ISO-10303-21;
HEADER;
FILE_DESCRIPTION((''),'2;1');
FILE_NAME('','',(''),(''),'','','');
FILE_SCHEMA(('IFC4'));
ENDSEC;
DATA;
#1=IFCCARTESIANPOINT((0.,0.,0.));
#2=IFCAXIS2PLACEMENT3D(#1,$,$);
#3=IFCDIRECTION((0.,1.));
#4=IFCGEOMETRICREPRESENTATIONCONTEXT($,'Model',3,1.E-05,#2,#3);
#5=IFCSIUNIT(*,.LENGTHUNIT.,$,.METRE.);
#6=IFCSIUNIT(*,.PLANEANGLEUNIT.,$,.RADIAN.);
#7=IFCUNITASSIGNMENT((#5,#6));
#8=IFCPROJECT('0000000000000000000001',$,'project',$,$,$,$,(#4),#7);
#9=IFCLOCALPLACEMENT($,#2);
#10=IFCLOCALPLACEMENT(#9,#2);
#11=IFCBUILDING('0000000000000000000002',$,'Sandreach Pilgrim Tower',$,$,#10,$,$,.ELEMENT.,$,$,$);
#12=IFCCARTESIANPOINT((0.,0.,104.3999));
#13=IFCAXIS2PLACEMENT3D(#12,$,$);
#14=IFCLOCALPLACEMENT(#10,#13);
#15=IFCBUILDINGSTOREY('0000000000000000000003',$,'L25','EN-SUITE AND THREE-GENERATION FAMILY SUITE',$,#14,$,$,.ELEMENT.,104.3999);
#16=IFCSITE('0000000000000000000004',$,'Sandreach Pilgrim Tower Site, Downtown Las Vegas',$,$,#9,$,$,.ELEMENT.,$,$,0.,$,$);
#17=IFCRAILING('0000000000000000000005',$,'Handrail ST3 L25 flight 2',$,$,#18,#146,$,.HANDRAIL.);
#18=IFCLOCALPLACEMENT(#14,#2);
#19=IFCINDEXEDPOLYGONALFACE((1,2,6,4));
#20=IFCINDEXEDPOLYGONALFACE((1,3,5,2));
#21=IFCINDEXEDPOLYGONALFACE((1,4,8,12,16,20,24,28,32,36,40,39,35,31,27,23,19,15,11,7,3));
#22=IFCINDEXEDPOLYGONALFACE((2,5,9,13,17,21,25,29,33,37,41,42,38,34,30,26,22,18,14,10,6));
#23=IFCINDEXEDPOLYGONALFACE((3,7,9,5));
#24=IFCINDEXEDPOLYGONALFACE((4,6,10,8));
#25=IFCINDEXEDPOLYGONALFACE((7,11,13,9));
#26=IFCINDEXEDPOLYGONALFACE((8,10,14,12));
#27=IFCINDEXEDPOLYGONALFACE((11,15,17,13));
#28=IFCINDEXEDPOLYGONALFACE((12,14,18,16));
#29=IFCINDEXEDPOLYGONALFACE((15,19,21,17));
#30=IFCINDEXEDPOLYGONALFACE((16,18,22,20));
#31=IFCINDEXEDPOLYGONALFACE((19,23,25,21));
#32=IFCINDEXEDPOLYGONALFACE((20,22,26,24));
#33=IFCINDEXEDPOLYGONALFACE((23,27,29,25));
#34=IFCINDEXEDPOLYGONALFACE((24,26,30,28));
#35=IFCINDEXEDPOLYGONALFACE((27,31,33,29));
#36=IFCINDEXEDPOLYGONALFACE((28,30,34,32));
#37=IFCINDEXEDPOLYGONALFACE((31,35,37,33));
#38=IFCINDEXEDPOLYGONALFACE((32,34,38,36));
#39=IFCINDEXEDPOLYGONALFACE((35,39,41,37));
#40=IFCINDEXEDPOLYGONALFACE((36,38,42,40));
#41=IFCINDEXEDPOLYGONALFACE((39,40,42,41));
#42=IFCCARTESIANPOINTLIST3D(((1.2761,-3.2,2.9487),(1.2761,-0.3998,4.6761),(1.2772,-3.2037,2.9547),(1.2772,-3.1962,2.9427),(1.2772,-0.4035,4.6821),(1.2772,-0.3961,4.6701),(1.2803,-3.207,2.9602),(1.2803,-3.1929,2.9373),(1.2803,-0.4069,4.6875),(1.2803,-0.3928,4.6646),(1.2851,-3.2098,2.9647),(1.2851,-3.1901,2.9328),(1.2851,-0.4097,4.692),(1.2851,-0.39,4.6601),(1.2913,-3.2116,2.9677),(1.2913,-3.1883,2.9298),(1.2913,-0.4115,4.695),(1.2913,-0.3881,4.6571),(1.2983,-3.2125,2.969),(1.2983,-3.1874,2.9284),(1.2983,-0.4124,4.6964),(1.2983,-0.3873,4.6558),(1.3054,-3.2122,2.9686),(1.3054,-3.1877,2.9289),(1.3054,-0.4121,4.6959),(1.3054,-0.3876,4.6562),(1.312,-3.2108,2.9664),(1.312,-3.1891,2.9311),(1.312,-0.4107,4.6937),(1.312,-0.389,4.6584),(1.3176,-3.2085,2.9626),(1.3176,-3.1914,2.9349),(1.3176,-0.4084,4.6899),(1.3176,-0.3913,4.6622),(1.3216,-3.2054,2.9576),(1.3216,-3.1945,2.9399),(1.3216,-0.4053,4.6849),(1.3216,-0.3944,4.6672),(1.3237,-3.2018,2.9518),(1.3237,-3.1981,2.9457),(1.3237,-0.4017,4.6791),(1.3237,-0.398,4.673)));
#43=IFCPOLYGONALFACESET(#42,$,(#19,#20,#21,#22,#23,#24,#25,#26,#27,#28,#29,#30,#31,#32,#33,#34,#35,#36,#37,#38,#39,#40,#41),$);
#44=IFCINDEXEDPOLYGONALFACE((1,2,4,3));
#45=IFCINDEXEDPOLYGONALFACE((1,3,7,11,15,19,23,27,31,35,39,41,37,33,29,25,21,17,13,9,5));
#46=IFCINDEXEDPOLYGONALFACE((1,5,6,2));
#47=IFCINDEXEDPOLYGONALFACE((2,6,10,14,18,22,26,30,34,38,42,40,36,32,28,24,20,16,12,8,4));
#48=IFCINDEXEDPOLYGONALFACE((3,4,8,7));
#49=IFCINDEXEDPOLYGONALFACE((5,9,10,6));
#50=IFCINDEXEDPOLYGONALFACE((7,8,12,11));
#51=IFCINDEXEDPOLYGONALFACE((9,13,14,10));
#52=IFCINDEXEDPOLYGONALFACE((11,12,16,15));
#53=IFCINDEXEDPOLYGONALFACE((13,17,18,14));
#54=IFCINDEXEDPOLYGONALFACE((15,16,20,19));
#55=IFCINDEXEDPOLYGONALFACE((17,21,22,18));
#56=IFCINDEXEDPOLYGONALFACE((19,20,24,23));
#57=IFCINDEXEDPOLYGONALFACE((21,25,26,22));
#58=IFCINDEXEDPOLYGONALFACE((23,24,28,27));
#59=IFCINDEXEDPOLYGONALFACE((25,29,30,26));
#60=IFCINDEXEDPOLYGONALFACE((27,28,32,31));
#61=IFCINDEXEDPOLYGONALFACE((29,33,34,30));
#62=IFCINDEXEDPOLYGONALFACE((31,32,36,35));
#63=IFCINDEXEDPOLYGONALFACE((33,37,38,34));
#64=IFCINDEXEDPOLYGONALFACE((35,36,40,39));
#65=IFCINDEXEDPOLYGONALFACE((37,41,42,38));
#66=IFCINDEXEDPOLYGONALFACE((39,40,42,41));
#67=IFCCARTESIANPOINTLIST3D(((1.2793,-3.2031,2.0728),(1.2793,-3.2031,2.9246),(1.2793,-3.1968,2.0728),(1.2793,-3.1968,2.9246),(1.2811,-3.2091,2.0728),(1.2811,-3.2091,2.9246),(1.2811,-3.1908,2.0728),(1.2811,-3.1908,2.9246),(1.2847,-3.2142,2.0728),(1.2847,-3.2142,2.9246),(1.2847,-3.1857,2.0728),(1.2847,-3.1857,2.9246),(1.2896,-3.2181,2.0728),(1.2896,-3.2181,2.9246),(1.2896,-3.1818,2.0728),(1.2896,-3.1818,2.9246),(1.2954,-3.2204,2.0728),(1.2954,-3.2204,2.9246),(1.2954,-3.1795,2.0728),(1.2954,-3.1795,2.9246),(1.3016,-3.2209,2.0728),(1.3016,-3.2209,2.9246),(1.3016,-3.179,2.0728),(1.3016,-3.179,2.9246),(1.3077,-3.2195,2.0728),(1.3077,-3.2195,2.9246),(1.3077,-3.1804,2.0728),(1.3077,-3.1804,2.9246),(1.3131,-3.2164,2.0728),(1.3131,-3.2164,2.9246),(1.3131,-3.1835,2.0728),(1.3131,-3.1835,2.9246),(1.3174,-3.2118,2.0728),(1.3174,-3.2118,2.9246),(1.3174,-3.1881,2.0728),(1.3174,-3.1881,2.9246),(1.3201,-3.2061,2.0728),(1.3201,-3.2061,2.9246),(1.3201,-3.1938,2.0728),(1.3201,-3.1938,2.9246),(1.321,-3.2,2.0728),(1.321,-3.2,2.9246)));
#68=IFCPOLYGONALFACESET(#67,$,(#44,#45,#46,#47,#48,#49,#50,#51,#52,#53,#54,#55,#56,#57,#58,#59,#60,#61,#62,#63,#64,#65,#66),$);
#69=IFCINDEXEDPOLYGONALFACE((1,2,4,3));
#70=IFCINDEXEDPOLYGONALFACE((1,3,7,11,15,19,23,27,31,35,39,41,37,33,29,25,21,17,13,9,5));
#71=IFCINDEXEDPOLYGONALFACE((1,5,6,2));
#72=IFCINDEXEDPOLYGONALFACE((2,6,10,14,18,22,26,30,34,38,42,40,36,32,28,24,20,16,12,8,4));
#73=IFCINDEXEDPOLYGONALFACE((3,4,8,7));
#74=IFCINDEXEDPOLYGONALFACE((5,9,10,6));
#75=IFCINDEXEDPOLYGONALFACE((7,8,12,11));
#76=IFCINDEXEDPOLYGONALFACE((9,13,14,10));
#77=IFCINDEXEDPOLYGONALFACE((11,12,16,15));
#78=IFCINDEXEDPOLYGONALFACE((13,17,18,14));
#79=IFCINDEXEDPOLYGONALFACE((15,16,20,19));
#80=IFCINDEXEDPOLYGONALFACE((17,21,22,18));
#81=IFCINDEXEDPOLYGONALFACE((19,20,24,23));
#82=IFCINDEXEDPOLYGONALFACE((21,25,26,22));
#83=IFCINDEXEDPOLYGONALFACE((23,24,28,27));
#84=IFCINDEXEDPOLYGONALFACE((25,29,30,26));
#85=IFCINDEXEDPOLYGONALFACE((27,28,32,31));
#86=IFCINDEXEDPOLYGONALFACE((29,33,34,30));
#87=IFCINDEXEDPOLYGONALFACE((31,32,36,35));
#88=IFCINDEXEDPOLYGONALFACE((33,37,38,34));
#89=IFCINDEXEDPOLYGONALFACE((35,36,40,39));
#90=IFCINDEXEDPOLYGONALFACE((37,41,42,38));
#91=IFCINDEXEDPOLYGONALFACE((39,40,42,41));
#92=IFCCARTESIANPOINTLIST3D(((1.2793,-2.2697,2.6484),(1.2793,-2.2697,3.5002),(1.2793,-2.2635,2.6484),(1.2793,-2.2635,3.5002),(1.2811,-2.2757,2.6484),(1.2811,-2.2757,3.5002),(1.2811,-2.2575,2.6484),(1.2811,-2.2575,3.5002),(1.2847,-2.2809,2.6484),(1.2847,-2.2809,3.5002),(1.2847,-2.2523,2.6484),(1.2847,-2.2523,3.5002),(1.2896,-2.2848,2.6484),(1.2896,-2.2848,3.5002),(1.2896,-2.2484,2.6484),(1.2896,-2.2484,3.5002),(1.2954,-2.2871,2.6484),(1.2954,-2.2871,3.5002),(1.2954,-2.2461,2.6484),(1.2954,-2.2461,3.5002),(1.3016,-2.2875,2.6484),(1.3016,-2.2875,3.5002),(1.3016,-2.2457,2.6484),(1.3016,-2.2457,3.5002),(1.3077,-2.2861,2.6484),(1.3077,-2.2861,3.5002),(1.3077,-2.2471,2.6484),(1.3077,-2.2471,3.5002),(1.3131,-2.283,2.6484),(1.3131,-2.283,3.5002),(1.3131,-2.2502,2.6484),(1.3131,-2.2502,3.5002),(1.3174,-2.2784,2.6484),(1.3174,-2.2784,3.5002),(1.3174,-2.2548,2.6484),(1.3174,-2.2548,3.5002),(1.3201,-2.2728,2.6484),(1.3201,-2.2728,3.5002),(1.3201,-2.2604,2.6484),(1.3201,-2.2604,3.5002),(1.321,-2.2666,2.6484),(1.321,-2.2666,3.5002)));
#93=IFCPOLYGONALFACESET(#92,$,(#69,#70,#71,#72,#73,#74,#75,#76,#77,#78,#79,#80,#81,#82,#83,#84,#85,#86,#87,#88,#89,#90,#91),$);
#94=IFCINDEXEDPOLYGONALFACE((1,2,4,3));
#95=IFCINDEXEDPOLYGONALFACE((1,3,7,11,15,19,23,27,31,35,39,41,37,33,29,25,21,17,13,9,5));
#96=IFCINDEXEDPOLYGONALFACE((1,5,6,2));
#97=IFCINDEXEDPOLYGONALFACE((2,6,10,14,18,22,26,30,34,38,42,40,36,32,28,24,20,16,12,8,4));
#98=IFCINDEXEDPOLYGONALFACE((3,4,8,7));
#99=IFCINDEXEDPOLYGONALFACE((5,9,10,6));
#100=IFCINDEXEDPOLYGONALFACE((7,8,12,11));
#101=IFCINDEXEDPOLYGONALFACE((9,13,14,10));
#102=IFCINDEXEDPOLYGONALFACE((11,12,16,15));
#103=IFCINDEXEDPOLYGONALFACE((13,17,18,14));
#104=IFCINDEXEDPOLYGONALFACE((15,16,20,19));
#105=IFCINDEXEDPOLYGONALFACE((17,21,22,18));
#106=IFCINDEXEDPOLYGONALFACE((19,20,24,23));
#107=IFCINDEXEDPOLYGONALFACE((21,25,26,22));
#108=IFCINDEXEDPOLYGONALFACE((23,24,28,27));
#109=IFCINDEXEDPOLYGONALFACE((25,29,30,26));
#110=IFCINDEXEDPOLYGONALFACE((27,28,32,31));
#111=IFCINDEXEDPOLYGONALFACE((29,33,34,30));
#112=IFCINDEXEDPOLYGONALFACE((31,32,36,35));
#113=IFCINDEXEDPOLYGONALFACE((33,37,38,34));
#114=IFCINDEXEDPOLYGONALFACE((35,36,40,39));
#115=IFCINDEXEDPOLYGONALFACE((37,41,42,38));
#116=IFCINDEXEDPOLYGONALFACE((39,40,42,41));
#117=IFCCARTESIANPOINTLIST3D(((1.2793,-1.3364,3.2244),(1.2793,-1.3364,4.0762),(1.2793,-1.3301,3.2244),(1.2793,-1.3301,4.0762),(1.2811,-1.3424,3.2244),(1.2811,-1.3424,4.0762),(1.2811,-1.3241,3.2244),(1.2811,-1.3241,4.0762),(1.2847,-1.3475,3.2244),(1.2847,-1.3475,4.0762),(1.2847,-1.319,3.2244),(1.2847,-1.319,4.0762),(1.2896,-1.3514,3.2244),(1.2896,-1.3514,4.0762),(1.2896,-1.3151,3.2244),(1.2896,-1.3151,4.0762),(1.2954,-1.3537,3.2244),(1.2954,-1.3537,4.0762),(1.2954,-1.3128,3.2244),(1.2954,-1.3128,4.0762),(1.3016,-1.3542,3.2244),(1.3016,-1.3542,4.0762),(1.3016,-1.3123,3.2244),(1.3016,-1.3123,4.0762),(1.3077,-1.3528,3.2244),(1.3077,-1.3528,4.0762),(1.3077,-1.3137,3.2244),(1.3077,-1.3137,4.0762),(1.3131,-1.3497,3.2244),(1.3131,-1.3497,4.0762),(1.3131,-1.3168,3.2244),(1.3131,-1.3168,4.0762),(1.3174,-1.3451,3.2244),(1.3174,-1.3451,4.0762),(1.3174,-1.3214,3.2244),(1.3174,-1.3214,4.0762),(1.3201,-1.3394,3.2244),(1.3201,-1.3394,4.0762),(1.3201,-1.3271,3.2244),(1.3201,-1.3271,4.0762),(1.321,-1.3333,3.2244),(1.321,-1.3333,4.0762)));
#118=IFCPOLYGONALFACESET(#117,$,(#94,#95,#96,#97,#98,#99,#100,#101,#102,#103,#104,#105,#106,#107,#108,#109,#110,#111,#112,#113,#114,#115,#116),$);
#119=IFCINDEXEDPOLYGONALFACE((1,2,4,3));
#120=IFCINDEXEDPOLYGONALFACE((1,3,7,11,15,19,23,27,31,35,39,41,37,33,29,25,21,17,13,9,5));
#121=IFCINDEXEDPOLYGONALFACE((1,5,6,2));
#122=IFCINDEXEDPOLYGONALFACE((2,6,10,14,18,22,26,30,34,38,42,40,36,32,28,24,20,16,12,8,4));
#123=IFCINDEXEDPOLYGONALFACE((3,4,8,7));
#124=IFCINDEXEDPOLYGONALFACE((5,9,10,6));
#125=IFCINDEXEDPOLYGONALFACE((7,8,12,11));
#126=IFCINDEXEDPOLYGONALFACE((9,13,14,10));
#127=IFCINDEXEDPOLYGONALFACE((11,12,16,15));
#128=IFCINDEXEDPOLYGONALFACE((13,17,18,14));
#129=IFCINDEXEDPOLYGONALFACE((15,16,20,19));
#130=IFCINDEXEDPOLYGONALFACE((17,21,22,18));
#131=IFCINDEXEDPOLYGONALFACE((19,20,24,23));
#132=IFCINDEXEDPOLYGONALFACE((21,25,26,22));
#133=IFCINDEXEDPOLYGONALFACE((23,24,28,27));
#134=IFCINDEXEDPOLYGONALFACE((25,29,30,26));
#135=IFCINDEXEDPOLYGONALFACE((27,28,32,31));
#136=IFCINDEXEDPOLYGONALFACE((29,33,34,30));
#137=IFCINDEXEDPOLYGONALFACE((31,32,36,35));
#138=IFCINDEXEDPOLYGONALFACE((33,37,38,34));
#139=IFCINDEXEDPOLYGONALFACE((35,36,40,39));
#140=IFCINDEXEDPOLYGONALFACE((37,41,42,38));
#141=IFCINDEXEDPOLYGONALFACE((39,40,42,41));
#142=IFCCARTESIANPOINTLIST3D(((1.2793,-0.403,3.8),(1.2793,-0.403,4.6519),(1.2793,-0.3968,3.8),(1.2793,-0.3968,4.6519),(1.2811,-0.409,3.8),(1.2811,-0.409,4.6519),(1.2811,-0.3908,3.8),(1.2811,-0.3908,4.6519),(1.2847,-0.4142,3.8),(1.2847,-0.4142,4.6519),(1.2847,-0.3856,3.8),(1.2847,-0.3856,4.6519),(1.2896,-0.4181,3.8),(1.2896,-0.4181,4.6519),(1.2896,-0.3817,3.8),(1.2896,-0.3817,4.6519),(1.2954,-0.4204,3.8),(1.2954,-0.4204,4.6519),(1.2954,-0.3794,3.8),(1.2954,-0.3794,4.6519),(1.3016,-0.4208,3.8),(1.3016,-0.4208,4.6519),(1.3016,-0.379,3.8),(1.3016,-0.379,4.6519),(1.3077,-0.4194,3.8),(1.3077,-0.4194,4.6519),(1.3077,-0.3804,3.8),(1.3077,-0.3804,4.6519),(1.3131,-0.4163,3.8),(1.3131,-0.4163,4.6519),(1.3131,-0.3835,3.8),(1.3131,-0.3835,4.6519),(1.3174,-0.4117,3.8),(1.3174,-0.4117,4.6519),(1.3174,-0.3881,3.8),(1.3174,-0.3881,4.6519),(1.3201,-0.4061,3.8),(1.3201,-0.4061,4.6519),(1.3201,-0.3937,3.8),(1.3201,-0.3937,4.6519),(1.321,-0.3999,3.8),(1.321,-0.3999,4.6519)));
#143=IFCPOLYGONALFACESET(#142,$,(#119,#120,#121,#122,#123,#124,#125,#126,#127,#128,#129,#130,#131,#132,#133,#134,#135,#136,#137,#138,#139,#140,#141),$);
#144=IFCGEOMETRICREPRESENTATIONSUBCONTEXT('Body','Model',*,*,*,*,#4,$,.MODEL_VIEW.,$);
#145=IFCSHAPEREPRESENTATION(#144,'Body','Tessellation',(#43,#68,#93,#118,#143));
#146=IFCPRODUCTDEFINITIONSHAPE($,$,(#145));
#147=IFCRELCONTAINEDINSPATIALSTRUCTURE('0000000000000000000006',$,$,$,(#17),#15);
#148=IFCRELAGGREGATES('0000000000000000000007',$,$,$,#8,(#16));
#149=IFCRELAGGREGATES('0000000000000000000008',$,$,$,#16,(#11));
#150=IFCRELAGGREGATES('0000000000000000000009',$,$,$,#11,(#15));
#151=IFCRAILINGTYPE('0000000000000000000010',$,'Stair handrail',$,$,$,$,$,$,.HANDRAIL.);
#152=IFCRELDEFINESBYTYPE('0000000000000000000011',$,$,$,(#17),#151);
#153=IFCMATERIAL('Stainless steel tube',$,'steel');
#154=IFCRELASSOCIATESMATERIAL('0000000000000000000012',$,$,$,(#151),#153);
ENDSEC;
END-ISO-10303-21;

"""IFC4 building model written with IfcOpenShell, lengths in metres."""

from ifc_helpers import new_model, si_unit, direction, frame, origin, origin_2d, place, context, subcontext, project, spatial, circle, extrude, material, type_object, element, save


model = new_model("IFC4")

# Units and contexts
model_context = context("Model", 3, precision=1e-05, world=origin(), true_north=direction((0.0, 1.0)))
body_context = subcontext(model_context, "Body", "Model", "MODEL_VIEW")
ifc_project = project(units=[si_unit("LENGTHUNIT", "METRE"), si_unit("PLANEANGLEUNIT", "RADIAN")], contexts=[model_context])

# Site, building, storey
site_placement = place(None, origin())
site = spatial("IfcSite", under=ifc_project, at=site_placement, Name="Sandreach Pilgrim Tower Site, Downtown Las Vegas", CompositionType="ELEMENT", RefElevation=0.0)
building_placement = place(site_placement, origin())
building = spatial("IfcBuilding", under=site, at=building_placement, Name="Sandreach Pilgrim Tower", CompositionType="ELEMENT")
storey_placement = place(building_placement, frame((0.0, 0.0, 104.3999)))
storey = spatial("IfcBuildingStorey", under=building, at=storey_placement, Name="L25", Description="EN-SUITE AND THREE-GENERATION FAMILY SUITE", CompositionType="ELEMENT", Elevation=104.3999)

# Railing
ifc_material_1 = material(Name="Stainless steel tube", Category="steel")
railing_type = type_object("IfcRailingType", Name="Stair handrail", PredefinedType="HANDRAIL", material=ifc_material_1)
for number, where, name in (
    (1, (1.3, -3.2, 2.0728), "Handrail ST3 L25 flight 2"),
):
    element("IfcRailing", number, at=place(storey_placement, frame(where)), inside=storey, type_object=railing_type, Name=name, PredefinedType="HANDRAIL", context=body_context, shape_type="SweptSolid", body=[
        extrude(circle(Radius=0.0239, at=origin_2d()), frame((0.0, 0.0, 0.876), z_axis=(0.0, 0.85109, 0.52502), x_axis=(-1.0, 0.0, 0.0)), (0.0, 0.0, 1.0), 3.29),
        extrude(circle(Radius=0.021, at=origin_2d()), origin(), (0.0, 0.0, 1.0), 0.8518),
        extrude(circle(Radius=0.021, at=origin_2d()), frame((0.0, 0.9333, 0.5757)), (0.0, 0.0, 1.0), 0.8518),
        extrude(circle(Radius=0.021, at=origin_2d()), frame((0.0, 1.8667, 1.1516)), (0.0, 0.0, 1.0), 0.8518),
        extrude(circle(Radius=0.021, at=origin_2d()), frame((0.0, 2.8, 1.7273)), (0.0, 0.0, 1.0), 0.8518),
    ])

save(model, "model.ifc")
